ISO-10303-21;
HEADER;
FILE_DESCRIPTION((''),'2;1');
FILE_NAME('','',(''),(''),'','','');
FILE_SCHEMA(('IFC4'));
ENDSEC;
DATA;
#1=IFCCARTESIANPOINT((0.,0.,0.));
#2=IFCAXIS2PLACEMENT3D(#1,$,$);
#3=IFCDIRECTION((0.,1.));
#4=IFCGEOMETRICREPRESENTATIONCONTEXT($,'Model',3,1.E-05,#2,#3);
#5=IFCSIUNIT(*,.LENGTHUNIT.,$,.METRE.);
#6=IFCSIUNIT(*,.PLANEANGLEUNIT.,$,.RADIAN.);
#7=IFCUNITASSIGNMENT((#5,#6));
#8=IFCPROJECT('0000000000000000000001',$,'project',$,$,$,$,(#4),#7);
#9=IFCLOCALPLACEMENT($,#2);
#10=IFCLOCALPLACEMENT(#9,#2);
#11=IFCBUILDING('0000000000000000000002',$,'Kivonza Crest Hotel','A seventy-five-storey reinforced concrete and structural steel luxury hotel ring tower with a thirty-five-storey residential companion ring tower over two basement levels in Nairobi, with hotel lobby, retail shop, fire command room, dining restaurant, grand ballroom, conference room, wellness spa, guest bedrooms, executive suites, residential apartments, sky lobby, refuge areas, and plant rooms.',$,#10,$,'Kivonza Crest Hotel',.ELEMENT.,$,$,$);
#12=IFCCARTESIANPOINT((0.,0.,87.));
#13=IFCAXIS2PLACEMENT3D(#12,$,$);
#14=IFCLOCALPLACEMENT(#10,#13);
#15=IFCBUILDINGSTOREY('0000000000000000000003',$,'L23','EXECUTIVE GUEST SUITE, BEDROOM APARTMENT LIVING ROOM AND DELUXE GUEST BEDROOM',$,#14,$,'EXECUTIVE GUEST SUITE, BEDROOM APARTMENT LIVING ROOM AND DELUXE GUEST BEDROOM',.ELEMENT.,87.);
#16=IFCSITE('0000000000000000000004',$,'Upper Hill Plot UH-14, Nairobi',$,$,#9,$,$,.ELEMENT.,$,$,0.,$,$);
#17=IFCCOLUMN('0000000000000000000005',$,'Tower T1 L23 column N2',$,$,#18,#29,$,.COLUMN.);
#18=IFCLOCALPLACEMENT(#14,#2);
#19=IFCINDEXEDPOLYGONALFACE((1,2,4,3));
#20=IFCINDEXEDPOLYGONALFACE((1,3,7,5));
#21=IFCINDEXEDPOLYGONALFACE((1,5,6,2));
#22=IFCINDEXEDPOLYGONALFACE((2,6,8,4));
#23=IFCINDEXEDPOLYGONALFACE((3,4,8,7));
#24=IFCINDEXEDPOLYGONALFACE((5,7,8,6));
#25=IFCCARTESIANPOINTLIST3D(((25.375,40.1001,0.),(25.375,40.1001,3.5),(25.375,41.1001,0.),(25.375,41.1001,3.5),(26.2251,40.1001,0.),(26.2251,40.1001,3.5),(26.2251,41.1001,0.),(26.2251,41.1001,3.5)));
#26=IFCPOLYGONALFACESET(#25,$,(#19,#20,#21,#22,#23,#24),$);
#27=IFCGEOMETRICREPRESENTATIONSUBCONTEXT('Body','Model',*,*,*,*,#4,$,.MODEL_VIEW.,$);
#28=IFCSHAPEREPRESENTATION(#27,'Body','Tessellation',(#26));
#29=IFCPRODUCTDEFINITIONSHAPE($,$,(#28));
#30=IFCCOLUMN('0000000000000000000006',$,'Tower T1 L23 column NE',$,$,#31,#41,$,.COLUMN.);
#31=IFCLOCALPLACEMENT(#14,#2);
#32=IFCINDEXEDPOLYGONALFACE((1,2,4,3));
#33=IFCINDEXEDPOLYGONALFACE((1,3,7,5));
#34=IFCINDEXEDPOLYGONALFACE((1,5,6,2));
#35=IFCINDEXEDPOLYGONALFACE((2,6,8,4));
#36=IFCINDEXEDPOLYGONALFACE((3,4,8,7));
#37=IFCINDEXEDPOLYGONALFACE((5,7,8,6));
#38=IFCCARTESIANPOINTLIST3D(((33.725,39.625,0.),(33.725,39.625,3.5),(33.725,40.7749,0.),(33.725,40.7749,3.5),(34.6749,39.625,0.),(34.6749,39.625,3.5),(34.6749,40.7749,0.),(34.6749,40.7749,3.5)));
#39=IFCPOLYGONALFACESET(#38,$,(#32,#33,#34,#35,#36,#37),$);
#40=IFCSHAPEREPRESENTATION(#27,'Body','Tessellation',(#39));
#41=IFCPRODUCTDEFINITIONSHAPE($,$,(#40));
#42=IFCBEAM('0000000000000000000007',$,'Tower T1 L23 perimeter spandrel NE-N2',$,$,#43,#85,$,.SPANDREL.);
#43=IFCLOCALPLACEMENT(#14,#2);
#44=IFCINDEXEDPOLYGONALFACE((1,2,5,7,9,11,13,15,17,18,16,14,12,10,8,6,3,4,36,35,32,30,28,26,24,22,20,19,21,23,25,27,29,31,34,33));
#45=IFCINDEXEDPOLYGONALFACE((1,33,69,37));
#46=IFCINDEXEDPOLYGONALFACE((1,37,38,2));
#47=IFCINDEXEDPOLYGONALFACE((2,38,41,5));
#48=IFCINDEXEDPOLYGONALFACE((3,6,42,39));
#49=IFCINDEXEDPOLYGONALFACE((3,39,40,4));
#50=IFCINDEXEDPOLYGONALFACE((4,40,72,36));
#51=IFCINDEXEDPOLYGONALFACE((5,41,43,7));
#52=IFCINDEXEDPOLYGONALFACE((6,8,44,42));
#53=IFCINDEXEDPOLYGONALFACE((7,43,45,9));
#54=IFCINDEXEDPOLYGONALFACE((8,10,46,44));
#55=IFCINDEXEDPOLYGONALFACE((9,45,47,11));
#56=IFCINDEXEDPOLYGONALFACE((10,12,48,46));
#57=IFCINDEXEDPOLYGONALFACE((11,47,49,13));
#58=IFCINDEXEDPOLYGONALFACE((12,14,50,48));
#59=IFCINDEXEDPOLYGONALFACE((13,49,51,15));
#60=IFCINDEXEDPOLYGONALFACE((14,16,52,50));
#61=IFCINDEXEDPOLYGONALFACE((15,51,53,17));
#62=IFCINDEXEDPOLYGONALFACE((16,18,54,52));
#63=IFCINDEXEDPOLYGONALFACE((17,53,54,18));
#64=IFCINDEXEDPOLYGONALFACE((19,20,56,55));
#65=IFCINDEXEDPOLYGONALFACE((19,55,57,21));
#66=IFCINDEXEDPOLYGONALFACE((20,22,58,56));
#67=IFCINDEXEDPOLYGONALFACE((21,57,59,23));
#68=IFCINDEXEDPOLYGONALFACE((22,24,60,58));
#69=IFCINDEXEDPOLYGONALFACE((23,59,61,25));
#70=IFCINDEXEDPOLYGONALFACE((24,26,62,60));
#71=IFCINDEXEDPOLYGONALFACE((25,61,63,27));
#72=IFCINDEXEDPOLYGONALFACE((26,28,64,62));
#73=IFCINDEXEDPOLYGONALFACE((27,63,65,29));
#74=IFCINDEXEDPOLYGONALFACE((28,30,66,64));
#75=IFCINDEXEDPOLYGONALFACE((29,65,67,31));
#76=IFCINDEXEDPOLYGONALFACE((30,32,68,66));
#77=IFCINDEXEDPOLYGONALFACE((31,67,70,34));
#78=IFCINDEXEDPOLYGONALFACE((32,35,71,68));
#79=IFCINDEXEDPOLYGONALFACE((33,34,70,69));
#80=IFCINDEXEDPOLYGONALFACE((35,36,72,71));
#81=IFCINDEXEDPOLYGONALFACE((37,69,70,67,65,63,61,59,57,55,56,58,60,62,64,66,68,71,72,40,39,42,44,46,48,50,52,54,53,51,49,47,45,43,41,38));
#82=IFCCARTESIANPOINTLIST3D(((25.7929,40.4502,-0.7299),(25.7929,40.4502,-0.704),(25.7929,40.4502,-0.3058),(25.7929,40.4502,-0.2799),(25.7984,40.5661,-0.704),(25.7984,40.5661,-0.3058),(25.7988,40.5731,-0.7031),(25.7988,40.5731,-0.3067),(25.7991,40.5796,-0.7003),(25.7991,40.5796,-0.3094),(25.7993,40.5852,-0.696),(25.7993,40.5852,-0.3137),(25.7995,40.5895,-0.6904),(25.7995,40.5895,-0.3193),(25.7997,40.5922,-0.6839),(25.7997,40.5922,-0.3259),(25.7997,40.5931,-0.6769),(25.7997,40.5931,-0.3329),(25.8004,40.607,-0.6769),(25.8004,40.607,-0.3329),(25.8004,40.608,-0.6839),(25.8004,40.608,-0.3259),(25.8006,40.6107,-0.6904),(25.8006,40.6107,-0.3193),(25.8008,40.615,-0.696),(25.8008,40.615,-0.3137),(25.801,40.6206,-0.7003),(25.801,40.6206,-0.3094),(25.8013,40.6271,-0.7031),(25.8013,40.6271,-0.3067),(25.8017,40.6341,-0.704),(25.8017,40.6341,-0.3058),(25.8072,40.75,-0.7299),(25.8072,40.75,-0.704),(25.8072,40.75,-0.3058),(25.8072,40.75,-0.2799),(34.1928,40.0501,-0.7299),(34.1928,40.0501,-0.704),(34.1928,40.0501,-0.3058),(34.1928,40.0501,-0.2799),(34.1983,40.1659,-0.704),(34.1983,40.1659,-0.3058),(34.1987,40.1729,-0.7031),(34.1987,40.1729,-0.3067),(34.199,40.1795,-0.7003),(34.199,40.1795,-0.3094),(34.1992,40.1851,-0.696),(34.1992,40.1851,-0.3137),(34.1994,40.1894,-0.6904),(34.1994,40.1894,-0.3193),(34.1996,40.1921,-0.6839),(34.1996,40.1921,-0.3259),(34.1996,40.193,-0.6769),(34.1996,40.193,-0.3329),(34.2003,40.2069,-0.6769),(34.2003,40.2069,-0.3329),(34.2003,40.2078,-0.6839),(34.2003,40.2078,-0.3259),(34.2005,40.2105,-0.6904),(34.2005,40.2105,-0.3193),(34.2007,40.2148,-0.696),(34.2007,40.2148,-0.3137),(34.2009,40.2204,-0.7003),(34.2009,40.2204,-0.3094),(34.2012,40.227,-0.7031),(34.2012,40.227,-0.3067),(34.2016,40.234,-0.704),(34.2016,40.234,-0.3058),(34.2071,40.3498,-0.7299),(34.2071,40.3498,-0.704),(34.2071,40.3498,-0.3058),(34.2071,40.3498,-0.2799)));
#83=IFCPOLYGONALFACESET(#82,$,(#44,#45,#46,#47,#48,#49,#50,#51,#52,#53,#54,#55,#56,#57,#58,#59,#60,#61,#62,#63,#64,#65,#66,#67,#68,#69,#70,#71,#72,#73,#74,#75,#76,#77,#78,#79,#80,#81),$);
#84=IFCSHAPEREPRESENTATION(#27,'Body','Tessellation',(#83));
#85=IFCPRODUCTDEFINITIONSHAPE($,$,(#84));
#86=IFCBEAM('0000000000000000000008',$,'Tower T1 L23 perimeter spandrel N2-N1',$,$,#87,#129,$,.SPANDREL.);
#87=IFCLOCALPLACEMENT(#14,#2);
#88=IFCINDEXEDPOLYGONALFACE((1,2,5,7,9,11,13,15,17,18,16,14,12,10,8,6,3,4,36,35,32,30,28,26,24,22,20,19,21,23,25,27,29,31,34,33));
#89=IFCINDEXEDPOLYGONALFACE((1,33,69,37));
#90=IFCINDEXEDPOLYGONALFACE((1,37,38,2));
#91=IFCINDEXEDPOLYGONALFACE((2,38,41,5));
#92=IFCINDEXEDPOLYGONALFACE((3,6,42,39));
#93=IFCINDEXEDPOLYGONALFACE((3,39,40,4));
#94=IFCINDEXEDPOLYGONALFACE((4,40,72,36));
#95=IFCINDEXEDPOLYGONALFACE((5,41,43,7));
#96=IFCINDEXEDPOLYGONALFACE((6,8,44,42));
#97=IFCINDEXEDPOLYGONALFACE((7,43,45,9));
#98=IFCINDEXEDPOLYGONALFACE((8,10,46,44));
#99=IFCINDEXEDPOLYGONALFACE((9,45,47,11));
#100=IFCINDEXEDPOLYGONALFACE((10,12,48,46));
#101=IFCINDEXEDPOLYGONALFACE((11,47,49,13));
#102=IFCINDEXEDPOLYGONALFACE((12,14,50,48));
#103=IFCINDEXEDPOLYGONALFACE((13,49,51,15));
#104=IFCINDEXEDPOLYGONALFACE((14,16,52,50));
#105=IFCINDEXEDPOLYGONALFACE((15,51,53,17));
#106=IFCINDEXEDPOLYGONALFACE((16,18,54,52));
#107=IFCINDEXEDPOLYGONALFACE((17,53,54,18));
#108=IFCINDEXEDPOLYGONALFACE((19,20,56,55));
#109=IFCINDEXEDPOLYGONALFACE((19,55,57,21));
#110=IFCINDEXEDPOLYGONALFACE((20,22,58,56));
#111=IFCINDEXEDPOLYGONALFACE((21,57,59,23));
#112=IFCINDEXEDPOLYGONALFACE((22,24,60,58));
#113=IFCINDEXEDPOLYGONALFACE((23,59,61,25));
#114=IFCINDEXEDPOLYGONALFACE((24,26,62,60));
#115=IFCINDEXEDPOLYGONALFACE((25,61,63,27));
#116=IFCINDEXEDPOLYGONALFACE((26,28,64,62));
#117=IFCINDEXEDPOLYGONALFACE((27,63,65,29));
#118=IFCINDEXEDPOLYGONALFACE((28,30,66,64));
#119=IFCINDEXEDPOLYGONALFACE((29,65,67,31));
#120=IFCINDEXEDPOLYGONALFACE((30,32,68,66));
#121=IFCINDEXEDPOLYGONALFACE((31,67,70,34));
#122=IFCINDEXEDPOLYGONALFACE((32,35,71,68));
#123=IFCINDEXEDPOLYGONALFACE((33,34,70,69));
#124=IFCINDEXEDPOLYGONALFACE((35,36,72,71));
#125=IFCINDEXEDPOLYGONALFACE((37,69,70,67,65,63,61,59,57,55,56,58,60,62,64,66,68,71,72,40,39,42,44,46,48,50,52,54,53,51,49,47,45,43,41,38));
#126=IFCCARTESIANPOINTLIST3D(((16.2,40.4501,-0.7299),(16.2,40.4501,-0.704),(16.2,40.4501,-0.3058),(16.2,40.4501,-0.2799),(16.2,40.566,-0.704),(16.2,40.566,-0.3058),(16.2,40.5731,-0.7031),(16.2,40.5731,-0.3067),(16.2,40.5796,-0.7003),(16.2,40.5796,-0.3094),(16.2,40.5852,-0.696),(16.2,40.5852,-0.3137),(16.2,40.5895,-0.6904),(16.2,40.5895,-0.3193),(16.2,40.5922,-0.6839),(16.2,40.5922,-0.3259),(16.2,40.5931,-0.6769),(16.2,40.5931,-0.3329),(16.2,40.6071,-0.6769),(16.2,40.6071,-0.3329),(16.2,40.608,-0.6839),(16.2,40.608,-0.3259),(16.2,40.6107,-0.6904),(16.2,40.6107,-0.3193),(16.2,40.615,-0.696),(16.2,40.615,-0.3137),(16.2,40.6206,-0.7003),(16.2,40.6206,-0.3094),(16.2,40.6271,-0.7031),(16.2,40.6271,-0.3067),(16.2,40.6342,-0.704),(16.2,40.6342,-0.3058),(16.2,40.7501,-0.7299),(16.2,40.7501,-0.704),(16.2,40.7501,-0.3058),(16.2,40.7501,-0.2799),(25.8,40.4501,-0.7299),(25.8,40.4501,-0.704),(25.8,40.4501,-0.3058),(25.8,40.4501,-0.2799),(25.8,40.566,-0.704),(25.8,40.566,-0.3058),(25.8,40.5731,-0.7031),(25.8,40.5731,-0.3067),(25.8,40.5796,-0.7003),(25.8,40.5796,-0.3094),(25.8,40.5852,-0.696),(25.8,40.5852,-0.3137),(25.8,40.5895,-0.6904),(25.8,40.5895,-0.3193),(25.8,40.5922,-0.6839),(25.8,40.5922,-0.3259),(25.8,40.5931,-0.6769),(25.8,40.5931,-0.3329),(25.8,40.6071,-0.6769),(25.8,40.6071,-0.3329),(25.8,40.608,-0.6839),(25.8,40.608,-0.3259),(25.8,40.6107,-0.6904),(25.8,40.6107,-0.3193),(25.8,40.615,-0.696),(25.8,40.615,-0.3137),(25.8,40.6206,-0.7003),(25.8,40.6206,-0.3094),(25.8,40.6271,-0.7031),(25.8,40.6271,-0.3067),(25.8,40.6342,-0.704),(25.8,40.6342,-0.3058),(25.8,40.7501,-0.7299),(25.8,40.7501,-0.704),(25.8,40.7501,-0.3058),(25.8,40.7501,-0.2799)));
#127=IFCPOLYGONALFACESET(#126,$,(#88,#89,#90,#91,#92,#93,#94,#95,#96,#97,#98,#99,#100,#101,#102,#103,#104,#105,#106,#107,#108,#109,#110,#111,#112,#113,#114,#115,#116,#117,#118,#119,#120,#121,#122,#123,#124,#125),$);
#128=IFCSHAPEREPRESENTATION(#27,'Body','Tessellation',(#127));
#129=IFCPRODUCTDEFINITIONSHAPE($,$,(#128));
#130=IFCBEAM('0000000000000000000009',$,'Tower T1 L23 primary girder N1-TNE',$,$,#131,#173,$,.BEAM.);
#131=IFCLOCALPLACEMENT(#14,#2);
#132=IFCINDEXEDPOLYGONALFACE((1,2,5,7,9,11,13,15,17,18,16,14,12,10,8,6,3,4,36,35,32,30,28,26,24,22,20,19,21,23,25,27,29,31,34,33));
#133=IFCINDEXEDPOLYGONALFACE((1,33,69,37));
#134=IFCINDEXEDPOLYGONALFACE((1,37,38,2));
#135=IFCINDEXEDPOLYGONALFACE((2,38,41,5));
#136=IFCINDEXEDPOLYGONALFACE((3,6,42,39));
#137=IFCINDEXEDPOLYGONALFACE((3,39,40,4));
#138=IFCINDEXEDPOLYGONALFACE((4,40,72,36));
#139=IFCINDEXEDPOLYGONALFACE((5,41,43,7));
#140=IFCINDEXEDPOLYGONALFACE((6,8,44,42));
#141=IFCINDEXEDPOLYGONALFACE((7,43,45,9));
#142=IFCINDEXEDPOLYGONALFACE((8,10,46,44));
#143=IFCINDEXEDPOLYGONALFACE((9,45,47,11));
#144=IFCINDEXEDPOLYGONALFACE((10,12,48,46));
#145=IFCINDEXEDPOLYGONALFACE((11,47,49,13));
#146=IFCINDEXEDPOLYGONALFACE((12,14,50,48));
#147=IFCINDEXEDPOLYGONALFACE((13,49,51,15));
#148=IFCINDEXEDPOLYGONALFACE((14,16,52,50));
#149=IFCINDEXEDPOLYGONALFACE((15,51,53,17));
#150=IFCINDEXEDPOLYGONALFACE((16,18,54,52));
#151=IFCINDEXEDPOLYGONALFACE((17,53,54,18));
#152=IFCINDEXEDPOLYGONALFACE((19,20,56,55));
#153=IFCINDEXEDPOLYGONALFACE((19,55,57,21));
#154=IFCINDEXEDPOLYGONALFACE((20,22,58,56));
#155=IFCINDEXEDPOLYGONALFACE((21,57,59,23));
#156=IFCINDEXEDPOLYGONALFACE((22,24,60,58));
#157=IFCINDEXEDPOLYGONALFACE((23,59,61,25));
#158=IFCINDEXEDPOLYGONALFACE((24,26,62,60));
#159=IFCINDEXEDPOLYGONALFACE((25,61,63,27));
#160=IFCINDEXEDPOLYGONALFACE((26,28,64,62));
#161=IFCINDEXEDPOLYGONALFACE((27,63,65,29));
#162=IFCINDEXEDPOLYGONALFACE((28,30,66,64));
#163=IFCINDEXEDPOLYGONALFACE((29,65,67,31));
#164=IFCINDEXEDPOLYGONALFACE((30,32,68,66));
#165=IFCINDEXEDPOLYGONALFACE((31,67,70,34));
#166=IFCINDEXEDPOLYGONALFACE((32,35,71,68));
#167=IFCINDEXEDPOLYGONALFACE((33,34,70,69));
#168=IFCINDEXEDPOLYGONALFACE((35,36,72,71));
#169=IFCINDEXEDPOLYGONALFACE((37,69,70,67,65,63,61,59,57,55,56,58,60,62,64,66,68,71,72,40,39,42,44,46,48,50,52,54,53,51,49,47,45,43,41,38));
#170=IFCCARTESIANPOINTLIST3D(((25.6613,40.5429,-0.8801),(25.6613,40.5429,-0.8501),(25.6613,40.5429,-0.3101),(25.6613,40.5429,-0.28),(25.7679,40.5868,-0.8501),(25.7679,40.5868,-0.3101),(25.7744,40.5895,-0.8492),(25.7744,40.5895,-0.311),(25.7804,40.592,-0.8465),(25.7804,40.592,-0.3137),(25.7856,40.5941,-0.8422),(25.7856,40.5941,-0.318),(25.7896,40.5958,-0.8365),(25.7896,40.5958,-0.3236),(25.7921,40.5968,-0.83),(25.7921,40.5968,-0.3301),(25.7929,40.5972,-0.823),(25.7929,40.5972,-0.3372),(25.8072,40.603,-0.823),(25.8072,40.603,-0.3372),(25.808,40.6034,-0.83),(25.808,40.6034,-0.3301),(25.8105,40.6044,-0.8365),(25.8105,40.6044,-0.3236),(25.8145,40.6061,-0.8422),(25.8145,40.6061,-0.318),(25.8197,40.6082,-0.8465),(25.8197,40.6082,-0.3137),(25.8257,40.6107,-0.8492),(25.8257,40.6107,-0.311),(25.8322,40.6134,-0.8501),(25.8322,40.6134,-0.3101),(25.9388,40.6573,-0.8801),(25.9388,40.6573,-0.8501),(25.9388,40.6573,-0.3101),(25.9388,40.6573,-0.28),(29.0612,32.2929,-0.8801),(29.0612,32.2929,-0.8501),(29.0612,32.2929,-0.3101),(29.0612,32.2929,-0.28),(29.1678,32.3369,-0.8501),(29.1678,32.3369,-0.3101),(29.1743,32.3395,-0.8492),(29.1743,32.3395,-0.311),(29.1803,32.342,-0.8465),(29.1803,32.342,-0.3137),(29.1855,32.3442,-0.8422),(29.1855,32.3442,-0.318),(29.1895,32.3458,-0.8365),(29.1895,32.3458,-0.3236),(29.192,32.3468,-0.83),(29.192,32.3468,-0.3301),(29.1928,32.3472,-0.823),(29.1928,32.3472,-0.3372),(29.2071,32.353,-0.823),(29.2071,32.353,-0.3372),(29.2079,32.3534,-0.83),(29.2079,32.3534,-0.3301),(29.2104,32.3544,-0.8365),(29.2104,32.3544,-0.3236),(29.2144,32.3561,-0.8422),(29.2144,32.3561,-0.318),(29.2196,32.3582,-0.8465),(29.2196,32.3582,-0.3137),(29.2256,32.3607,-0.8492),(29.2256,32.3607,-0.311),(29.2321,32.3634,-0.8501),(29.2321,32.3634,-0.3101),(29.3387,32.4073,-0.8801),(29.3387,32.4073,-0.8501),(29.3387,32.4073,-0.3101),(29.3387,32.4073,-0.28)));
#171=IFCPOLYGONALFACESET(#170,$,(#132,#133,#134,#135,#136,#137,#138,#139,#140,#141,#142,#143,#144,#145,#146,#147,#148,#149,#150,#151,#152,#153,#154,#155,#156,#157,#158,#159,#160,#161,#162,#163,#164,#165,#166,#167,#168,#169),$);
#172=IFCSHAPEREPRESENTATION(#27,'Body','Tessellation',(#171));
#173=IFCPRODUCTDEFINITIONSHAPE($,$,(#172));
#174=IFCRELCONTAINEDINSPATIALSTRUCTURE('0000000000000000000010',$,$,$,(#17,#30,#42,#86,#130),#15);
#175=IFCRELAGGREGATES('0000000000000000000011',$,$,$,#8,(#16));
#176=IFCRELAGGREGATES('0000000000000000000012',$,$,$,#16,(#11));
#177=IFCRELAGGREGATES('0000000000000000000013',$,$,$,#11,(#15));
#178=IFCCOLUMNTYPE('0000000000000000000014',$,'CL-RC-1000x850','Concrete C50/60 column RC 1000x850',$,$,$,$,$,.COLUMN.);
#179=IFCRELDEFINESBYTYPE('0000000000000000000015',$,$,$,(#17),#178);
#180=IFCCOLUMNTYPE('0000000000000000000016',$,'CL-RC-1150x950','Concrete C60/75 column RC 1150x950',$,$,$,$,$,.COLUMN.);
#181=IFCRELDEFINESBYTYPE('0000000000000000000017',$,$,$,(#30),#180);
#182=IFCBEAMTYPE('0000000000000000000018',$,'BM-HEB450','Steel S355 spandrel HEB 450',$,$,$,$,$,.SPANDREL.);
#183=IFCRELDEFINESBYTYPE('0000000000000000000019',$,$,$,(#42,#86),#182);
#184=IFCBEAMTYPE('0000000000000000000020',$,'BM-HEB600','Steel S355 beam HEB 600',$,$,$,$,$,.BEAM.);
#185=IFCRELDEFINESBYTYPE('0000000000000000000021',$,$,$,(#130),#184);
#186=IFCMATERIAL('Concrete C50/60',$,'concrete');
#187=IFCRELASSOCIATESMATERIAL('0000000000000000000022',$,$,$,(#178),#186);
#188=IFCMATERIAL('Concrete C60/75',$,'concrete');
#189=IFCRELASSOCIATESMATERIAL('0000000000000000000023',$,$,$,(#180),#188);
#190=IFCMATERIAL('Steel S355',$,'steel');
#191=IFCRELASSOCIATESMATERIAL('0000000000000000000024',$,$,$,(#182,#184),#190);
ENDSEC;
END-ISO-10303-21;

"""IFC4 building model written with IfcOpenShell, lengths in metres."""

from ifc_helpers import new_model, si_unit, direction, frame, origin, origin_2d, place, context, subcontext, project, spatial, rectangle, i_section, extrude, material, material_profile, profile_set, type_object, element, save


model = new_model("IFC4")

# Units and contexts
model_context = context("Model", 3, precision=1e-05, world=origin(), true_north=direction((0.0, 1.0)))
body_context = subcontext(model_context, "Body", "Model", "MODEL_VIEW")
ifc_project = project(units=[si_unit("LENGTHUNIT", "METRE"), si_unit("PLANEANGLEUNIT", "RADIAN")], contexts=[model_context])

# Site, building, storey
site_placement = place(None, origin())
site = spatial("IfcSite", under=ifc_project, at=site_placement, Name="Upper Hill Plot UH-14, Nairobi", CompositionType="ELEMENT", RefElevation=0.0)
building_placement = place(site_placement, origin())
building = spatial("IfcBuilding", under=site, at=building_placement, Name="Kivonza Crest Hotel", Description="A seventy-five-storey reinforced concrete and structural steel luxury hotel ring tower with a thirty-five-storey residential companion ring tower over two basement levels in Nairobi, with hotel lobby, retail shop, fire command room, dining restaurant, grand ballroom, conference room, wellness spa, guest bedrooms, executive suites, residential apartments, sky lobby, refuge areas, and plant rooms.", LongName="Kivonza Crest Hotel", CompositionType="ELEMENT")
storey_placement = place(building_placement, frame((0.0, 0.0, 87.0)))
storey = spatial("IfcBuildingStorey", under=building, at=storey_placement, Name="L23", Description="EXECUTIVE GUEST SUITE, BEDROOM APARTMENT LIVING ROOM AND DELUXE GUEST BEDROOM", LongName="EXECUTIVE GUEST SUITE, BEDROOM APARTMENT LIVING ROOM AND DELUXE GUEST BEDROOM", CompositionType="ELEMENT", Elevation=87.0)

# Columns
ifc_material_1 = material(Name="Concrete C50/60", Category="concrete")
ifc_material_profile_1 = material_profile(ifc_material_1, rectangle(XDim=0.8501, YDim=1.0, at=origin_2d()), Name="RC 1000x850")
ifc_profile_set_1 = profile_set([ifc_material_profile_1], Name="Concrete C50/60")
column_type_1 = type_object("IfcColumnType", Name="CL-RC-1000x850", Description="Concrete C50/60 column RC 1000x850", PredefinedType="COLUMN", material=ifc_profile_set_1)
column_1_placement = place(storey_placement, frame((25.8, 40.6001, 0.0), z_axis=(0.0, 0.0, 1.0), x_axis=(1.0, 0.0, 0.0)))
element("IfcColumn", 1, at=column_1_placement, inside=storey, type_object=column_type_1, Name="Tower T1 L23 column N2", PredefinedType="COLUMN", context=body_context, shape_type="SweptSolid", body=[
    extrude(rectangle(XDim=0.8501, YDim=1.0, at=origin_2d()), origin(), (0.0, 0.0, 1.0), 3.5),
])
ifc_material_2 = material(Name="Concrete C60/75", Category="concrete")
ifc_material_profile_2 = material_profile(ifc_material_2, rectangle(XDim=0.95, YDim=1.1499, at=origin_2d()), Name="RC 1150x950")
ifc_profile_set_2 = profile_set([ifc_material_profile_2], Name="Concrete C60/75")
column_type_2 = type_object("IfcColumnType", Name="CL-RC-1150x950", Description="Concrete C60/75 column RC 1150x950", PredefinedType="COLUMN", material=ifc_profile_set_2)
column_2_placement = place(storey_placement, frame((34.2, 40.2, 0.0), z_axis=(0.0, 0.0, 1.0), x_axis=(1.0, 0.0, 0.0)))
element("IfcColumn", 2, at=column_2_placement, inside=storey, type_object=column_type_2, Name="Tower T1 L23 column NE", PredefinedType="COLUMN", context=body_context, shape_type="SweptSolid", body=[
    extrude(rectangle(XDim=0.95, YDim=1.1499, at=origin_2d()), origin(), (0.0, 0.0, 1.0), 3.5),
])

# Beams
ifc_material_3 = material(Name="Steel S355", Category="steel")
ifc_material_profile_3 = material_profile(ifc_material_3, i_section(OverallWidth=0.3, OverallDepth=0.45, WebThickness=0.0139, FlangeThickness=0.0259, FilletRadius=0.0271, at=origin_2d()), Name="HEB 450")
ifc_profile_set_3 = profile_set([ifc_material_profile_3], Name="Steel S355")
beam_type_1 = type_object("IfcBeamType", Name="BM-HEB450", Description="Steel S355 spandrel HEB 450", PredefinedType="SPANDREL", material=ifc_profile_set_3)
beam_1_placement = place(storey_placement, frame((34.2, 40.2, -0.5049), z_axis=(-0.998867, 0.047583, 0.0), x_axis=(-0.047583, -0.998867, 0.0)))
element("IfcBeam", 3, at=beam_1_placement, inside=storey, type_object=beam_type_1, Name="Tower T1 L23 perimeter spandrel NE-N2", PredefinedType="SPANDREL", context=body_context, shape_type="SweptSolid", body=[
    extrude(i_section(OverallWidth=0.3, OverallDepth=0.45, WebThickness=0.0139, FlangeThickness=0.0259, FilletRadius=0.0271, at=origin_2d()), origin(), (0.0, 0.0, 1.0), 8.4094),
])
beam_2_placement = place(storey_placement, frame((25.8, 40.6001, -0.5049), z_axis=(-1.0, 0.0, 0.0), x_axis=(0.0, -1.0, 0.0)))
element("IfcBeam", 4, at=beam_2_placement, inside=storey, type_object=beam_type_1, Name="Tower T1 L23 perimeter spandrel N2-N1", PredefinedType="SPANDREL", context=body_context, shape_type="SweptSolid", body=[
    extrude(i_section(OverallWidth=0.3, OverallDepth=0.45, WebThickness=0.0139, FlangeThickness=0.0259, FilletRadius=0.0271, at=origin_2d()), origin(), (0.0, 0.0, 1.0), 9.6001),
])
ifc_material_profile_4 = material_profile(ifc_material_3, i_section(OverallWidth=0.3, OverallDepth=0.6001, WebThickness=0.0154, FlangeThickness=0.03, FilletRadius=0.0271, at=origin_2d()), Name="HEB 600")
ifc_profile_set_4 = profile_set([ifc_material_profile_4], Name="Steel S355")
beam_type_2 = type_object("IfcBeamType", Name="BM-HEB600", Description="Steel S355 beam HEB 600", PredefinedType="BEAM", material=ifc_profile_set_4)
beam_3_placement = place(storey_placement, frame((25.8, 40.6001, -0.5801), z_axis=(0.381022, -0.924566, 0.0), x_axis=(0.924566, 0.381022, 0.0)))
element("IfcBeam", 5, at=beam_3_placement, inside=storey, type_object=beam_type_2, Name="Tower T1 L23 primary girder N1-TNE", PredefinedType="BEAM", context=body_context, shape_type="SweptSolid", body=[
    extrude(i_section(OverallWidth=0.3, OverallDepth=0.6001, WebThickness=0.0154, FlangeThickness=0.03, FilletRadius=0.0271, at=origin_2d()), origin(), (0.0, 0.0, 1.0), 8.9231),
])

save(model, "model.ifc")
